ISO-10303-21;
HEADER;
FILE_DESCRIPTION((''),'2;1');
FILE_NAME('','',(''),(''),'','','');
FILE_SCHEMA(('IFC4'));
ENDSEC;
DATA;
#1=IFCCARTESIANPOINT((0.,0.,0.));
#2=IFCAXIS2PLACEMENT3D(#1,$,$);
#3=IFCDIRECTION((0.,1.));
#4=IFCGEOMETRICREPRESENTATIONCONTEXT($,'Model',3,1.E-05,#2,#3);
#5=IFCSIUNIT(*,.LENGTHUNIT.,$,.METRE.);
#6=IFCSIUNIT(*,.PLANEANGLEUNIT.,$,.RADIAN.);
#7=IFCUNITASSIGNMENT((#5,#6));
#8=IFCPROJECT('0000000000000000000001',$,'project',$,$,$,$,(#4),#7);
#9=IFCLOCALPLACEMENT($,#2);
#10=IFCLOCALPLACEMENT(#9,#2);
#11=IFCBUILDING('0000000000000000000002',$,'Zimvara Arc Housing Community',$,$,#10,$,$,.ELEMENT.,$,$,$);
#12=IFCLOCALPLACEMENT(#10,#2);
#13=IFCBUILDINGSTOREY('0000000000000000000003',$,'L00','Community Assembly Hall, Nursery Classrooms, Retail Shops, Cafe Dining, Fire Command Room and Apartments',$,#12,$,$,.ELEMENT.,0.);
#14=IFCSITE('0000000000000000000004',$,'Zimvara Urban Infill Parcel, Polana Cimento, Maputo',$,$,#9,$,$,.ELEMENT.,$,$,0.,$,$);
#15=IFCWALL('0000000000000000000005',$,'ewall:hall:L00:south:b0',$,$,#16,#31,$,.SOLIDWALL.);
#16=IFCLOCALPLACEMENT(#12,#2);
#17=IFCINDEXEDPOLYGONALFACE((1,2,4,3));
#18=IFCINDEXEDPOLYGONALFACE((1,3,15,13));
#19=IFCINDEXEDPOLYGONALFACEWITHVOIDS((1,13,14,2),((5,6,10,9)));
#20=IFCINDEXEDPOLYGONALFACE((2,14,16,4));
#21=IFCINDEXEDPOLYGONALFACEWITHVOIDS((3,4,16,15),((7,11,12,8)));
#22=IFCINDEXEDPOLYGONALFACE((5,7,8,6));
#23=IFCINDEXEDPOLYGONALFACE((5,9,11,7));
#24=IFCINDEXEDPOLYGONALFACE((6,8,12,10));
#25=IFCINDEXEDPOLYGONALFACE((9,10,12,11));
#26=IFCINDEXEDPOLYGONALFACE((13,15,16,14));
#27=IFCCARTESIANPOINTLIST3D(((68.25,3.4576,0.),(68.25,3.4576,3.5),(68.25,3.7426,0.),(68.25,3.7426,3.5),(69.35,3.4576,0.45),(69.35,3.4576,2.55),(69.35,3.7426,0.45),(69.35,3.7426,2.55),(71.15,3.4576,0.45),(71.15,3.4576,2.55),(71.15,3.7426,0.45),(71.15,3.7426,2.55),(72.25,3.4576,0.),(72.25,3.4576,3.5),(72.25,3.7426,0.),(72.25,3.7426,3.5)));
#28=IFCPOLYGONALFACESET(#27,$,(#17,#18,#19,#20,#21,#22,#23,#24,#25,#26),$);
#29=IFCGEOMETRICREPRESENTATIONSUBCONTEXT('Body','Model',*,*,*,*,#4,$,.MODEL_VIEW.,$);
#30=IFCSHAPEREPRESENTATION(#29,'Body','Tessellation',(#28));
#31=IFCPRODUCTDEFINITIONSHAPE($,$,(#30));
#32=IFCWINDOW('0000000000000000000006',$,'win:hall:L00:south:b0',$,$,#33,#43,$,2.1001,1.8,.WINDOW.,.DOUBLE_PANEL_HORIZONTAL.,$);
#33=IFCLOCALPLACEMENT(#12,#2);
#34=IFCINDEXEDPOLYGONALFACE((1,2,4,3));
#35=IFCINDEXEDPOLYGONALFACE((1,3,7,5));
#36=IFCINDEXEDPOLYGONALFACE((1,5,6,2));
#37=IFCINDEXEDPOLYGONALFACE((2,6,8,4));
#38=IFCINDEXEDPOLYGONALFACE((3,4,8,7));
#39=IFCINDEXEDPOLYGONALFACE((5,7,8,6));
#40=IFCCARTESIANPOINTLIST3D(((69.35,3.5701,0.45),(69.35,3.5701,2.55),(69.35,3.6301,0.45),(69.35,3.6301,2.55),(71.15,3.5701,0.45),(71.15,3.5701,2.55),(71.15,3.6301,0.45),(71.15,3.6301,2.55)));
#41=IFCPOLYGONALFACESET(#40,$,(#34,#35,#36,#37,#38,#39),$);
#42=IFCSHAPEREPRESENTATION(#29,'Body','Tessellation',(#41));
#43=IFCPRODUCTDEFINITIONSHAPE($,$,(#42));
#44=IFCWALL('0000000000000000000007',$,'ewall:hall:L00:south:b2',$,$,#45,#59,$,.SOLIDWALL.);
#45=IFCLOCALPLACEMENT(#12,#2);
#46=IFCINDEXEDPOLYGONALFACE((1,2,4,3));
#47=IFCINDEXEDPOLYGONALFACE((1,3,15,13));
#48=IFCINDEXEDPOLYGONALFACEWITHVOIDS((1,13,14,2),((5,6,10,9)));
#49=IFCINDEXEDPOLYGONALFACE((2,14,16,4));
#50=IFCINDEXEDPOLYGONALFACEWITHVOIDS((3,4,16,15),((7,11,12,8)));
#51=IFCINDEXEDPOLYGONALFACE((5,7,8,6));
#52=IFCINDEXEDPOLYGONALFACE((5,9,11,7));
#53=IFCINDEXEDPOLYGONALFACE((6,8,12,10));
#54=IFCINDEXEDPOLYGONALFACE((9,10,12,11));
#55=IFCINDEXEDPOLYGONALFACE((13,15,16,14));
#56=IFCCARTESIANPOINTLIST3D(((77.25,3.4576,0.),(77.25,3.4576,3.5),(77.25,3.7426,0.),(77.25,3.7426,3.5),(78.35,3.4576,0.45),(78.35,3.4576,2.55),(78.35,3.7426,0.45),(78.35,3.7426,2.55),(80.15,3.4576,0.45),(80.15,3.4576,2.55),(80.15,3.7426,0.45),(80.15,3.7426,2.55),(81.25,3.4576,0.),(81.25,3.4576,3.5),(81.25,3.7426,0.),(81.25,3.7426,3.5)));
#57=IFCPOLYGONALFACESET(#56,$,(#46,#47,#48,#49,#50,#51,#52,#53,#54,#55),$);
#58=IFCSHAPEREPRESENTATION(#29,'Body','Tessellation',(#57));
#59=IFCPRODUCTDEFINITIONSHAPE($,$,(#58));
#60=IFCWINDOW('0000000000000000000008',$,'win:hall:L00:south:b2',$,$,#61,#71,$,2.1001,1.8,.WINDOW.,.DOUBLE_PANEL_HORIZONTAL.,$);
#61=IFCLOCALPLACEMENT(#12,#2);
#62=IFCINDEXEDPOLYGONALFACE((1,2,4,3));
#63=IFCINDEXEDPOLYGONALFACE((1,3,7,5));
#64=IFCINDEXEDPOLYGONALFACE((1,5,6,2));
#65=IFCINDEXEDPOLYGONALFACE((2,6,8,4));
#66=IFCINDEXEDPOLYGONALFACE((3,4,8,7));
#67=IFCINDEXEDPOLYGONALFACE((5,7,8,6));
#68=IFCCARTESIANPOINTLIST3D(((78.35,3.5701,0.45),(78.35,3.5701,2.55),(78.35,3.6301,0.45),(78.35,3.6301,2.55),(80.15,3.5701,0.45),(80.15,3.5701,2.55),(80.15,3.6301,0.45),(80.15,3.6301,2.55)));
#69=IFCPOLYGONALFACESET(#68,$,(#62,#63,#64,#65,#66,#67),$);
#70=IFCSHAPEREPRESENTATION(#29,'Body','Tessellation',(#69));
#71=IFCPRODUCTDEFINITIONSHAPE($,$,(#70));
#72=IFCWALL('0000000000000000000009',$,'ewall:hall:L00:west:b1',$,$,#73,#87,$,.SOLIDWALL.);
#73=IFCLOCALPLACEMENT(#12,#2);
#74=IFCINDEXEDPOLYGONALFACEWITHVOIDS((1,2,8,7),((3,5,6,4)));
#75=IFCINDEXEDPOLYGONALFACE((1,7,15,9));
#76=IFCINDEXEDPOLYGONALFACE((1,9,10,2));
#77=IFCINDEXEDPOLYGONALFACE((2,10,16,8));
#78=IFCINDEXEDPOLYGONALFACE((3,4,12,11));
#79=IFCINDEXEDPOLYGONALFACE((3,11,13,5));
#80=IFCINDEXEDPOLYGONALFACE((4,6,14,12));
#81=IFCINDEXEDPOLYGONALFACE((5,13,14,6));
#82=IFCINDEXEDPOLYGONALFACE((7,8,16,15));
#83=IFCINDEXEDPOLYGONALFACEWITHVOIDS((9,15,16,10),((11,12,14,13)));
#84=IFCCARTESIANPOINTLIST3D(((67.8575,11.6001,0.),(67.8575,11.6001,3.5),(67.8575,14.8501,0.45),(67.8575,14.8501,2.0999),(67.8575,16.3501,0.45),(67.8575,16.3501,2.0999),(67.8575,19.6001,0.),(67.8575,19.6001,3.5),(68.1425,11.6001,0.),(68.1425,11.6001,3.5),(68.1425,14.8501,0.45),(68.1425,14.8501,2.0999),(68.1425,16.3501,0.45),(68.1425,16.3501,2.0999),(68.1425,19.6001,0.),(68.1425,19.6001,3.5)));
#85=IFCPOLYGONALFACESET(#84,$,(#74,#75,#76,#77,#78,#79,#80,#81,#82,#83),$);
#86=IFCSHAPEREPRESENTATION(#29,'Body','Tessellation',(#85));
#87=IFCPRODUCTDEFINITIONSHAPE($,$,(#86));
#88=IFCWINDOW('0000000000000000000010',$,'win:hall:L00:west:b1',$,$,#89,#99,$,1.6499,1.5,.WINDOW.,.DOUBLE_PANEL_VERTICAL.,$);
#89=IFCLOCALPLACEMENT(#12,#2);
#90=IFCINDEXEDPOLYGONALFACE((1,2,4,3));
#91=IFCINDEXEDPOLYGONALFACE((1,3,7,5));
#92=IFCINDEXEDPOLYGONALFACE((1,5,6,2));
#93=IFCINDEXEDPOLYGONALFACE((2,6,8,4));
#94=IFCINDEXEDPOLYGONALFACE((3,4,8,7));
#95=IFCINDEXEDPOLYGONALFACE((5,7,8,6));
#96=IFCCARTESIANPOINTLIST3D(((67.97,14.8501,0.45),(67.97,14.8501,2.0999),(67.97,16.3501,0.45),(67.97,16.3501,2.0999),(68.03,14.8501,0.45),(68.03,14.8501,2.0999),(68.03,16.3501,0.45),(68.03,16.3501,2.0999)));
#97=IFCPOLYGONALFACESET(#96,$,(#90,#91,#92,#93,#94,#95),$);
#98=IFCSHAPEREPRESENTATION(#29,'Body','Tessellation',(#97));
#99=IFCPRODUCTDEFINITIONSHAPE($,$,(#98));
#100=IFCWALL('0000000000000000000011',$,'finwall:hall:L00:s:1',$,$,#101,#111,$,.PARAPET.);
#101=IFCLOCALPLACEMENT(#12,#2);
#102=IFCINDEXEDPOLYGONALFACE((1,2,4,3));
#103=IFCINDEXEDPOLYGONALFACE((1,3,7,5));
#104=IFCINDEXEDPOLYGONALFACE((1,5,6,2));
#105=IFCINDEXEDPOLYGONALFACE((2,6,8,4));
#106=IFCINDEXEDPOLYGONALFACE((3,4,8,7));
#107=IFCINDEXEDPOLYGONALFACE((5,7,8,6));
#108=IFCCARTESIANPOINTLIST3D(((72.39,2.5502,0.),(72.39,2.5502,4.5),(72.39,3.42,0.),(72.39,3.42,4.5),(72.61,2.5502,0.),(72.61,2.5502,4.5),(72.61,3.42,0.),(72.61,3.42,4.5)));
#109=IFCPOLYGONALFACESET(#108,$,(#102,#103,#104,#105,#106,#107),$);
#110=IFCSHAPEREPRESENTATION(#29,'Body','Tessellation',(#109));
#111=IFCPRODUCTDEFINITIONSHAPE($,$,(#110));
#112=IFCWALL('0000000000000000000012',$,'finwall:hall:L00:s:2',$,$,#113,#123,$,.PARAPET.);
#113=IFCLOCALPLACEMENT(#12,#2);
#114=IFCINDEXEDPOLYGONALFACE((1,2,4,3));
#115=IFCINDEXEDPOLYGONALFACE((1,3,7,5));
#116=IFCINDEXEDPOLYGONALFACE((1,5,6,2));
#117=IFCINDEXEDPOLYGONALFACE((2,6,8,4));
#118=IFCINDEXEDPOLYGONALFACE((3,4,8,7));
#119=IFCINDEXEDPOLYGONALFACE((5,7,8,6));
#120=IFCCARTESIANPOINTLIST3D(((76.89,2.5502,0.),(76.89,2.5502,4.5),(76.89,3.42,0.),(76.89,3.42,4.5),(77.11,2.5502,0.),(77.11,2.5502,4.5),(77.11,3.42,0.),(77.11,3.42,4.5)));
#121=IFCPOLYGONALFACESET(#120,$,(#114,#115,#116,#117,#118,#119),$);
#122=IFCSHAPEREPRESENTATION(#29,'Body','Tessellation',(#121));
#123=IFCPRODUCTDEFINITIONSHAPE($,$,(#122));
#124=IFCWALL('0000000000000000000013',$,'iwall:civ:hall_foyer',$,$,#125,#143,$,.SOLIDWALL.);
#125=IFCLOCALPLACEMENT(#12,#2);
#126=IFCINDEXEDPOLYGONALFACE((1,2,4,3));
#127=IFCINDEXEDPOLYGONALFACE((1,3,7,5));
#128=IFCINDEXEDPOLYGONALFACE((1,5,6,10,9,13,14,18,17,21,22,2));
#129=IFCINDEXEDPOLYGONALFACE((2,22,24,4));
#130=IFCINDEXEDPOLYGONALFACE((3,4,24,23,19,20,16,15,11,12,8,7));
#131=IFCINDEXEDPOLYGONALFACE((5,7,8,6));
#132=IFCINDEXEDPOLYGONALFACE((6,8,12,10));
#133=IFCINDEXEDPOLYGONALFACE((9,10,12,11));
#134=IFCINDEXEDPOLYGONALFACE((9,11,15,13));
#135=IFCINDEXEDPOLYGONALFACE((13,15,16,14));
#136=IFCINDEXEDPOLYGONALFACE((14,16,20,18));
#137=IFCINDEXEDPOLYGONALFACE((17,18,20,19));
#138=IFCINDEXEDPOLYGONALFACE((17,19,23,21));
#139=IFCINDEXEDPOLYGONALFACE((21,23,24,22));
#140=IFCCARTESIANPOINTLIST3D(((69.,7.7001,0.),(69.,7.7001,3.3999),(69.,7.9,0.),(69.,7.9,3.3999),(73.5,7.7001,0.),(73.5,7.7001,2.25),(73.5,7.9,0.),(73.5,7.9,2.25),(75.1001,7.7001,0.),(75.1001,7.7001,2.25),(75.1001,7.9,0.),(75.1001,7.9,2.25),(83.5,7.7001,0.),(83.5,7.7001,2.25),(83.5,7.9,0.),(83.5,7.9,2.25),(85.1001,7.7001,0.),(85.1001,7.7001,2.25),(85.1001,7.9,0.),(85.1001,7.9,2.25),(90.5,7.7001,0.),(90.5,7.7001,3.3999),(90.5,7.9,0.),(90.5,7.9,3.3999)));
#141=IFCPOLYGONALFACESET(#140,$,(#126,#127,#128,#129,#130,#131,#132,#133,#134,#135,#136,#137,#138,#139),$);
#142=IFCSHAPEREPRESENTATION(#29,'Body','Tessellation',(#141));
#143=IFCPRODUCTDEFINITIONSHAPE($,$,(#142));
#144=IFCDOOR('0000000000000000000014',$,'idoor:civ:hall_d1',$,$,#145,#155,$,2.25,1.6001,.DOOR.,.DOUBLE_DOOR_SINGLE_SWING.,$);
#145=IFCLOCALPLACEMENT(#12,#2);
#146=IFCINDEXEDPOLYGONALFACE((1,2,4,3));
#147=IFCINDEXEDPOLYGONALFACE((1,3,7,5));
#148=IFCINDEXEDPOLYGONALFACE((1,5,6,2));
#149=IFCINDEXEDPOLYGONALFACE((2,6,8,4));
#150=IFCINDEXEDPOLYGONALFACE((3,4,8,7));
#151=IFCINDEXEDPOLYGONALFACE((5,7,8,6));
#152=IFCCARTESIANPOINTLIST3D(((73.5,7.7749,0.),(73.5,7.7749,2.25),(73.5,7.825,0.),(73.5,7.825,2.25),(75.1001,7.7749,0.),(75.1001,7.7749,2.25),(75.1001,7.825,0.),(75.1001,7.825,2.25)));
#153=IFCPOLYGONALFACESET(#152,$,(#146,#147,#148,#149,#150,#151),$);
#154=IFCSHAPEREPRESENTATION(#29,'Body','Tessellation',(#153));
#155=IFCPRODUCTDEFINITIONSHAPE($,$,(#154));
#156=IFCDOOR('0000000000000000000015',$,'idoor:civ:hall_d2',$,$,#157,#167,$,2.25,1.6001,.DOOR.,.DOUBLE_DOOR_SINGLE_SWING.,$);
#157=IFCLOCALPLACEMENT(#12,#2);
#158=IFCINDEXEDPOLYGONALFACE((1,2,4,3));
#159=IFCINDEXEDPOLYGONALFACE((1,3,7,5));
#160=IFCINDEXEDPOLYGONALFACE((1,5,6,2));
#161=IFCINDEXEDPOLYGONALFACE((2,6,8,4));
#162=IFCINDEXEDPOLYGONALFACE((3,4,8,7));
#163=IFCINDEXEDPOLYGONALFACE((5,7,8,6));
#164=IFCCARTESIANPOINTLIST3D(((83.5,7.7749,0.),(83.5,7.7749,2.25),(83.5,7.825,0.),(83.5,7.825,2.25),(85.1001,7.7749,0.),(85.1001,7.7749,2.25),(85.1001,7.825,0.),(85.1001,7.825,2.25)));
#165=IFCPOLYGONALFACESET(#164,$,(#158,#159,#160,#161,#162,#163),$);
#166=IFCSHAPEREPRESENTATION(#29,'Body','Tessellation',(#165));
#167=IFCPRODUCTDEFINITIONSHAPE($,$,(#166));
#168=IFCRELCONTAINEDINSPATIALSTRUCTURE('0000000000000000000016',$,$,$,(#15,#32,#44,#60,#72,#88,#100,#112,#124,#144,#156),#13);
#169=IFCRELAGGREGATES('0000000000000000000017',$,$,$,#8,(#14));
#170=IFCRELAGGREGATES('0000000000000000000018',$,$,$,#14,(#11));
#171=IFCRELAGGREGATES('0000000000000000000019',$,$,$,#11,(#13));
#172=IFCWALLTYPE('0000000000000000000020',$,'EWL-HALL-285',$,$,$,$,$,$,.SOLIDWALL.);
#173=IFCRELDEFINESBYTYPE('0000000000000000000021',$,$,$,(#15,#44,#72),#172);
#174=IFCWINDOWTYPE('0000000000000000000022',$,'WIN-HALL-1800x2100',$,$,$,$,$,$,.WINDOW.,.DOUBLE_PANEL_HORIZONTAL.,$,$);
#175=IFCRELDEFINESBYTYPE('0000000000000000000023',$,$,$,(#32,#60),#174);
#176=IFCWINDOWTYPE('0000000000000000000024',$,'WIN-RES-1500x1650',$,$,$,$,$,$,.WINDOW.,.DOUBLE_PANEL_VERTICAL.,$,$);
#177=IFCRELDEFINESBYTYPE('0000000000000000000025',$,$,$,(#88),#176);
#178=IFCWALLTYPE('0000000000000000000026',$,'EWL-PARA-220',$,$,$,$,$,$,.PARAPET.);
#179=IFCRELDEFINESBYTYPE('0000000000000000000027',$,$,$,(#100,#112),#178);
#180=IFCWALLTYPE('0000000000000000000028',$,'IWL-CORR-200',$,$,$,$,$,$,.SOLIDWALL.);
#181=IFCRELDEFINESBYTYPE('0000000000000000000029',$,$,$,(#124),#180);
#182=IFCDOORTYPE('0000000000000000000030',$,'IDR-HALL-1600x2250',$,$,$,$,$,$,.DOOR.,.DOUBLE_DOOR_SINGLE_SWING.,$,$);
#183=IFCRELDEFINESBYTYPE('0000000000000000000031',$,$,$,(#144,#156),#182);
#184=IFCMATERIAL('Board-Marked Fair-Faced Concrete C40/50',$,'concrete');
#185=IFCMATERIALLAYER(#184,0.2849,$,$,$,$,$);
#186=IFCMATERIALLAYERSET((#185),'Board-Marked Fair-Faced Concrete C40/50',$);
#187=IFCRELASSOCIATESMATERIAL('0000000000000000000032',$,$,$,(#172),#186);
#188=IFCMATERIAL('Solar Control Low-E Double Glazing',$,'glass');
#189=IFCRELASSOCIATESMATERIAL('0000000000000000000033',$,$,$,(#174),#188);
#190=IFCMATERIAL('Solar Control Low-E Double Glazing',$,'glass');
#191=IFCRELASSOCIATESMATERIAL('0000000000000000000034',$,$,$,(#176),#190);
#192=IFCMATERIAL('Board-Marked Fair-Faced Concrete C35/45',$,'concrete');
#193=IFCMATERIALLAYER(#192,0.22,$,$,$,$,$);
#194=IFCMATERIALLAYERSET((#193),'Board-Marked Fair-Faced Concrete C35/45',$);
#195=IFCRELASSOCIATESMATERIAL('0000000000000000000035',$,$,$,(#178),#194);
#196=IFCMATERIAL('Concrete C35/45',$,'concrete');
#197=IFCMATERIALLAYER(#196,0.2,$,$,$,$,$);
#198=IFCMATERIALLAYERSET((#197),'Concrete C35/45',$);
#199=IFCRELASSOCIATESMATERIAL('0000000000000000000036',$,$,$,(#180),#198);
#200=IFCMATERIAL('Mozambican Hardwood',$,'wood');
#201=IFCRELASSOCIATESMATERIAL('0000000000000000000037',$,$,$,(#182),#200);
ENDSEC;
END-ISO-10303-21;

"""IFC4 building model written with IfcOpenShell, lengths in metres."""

from ifc_helpers import new_model, si_unit, direction, frame, frame_2d, origin, place, context, subcontext, project, spatial, rectangle, extrude, material, layer, layer_set, type_object, element, fill, save


model = new_model("IFC4")

# Units and contexts
model_context = context("Model", 3, precision=1e-05, world=origin(), true_north=direction((0.0, 1.0)))
body_context = subcontext(model_context, "Body", "Model", "MODEL_VIEW")
ifc_project = project(units=[si_unit("LENGTHUNIT", "METRE"), si_unit("PLANEANGLEUNIT", "RADIAN")], contexts=[model_context])

# Site, building, storey
site_placement = place(None, origin())
site = spatial("IfcSite", under=ifc_project, at=site_placement, Name="Zimvara Urban Infill Parcel, Polana Cimento, Maputo", CompositionType="ELEMENT", RefElevation=0.0)
building_placement = place(site_placement, origin())
building = spatial("IfcBuilding", under=site, at=building_placement, Name="Zimvara Arc Housing Community", CompositionType="ELEMENT")
storey_placement = place(building_placement, origin())
storey = spatial("IfcBuildingStorey", under=building, at=storey_placement, Name="L00", Description="Community Assembly Hall, Nursery Classrooms, Retail Shops, Cafe Dining, Fire Command Room and Apartments", CompositionType="ELEMENT", Elevation=0.0)

# Wall, opening, window
ifc_material_1 = material(Name="Board-Marked Fair-Faced Concrete C40/50", Category="concrete")
ifc_layer_1 = layer(ifc_material_1, 0.2849)
ifc_layer_set_1 = layer_set([ifc_layer_1], Name="Board-Marked Fair-Faced Concrete C40/50")
wall_type_1 = type_object("IfcWallType", Name="EWL-HALL-285", PredefinedType="SOLIDWALL", material=ifc_layer_set_1)
wall_1_placement = place(storey_placement, frame((68.25, 3.6001, 0.0), z_axis=(0.0, 0.0, 1.0), x_axis=(1.0, 0.0, 0.0)))
wall_1 = element("IfcWall", 1, at=wall_1_placement, inside=storey, type_object=wall_type_1, Name="ewall:hall:L00:south:b0", PredefinedType="SOLIDWALL", context=body_context, shape_type="SweptSolid", body=[
    extrude(rectangle(XDim=4.0, YDim=0.2849, at=frame_2d((2.0, 0.0))), origin(), (0.0, 0.0, 1.0), 3.5),
])
opening_1_placement = place(wall_1_placement, frame((1.1001, 0.0, 0.45)))
opening_1 = element("IfcOpeningElement", 2, at=opening_1_placement, cuts=wall_1, PredefinedType="OPENING", context=body_context, shape_type="SweptSolid", body=[
    extrude(rectangle(XDim=1.8, YDim=2.1001, at=frame_2d((0.8999, 1.05))), frame((0.0, 0.1523, 0.0), z_axis=(0.0, -1.0, 0.0), x_axis=(1.0, 0.0, 0.0)), (0.0, 0.0, 1.0), 0.3049),
])
ifc_material_2 = material(Name="Solar Control Low-E Double Glazing", Category="glass")
window_type_1 = type_object("IfcWindowType", Name="WIN-HALL-1800x2100", PartitioningType="DOUBLE_PANEL_HORIZONTAL", PredefinedType="WINDOW", material=ifc_material_2)
window_1_placement = place(opening_1_placement, origin())
window_1 = element("IfcWindow", 3, at=window_1_placement, inside=storey, type_object=window_type_1, Name="win:hall:L00:south:b0", OverallHeight=2.1001, OverallWidth=1.8, PartitioningType="DOUBLE_PANEL_HORIZONTAL", PredefinedType="WINDOW", context=body_context, shape_type="SweptSolid", body=[
    extrude(rectangle(XDim=1.8, YDim=2.1001, at=frame_2d((0.8999, 1.05))), frame((0.0, 0.03, 0.0), z_axis=(0.0, -1.0, 0.0), x_axis=(1.0, 0.0, 0.0)), (0.0, 0.0, 1.0), 0.0601),
])
fill(opening_1, window_1)

# Walls, openings, windows
wall_2_placement = place(storey_placement, frame((77.25, 3.6001, 0.0), z_axis=(0.0, 0.0, 1.0), x_axis=(1.0, 0.0, 0.0)))
wall_2 = element("IfcWall", 4, at=wall_2_placement, inside=storey, type_object=wall_type_1, Name="ewall:hall:L00:south:b2", PredefinedType="SOLIDWALL", context=body_context, shape_type="SweptSolid", body=[
    extrude(rectangle(XDim=4.0, YDim=0.2849, at=frame_2d((2.0, 0.0))), origin(), (0.0, 0.0, 1.0), 3.5),
])
opening_2_placement = place(wall_2_placement, frame((1.1001, 0.0, 0.45)))
opening_2 = element("IfcOpeningElement", 5, at=opening_2_placement, cuts=wall_2, PredefinedType="OPENING", context=body_context, shape_type="SweptSolid", body=[
    extrude(rectangle(XDim=1.8, YDim=2.1001, at=frame_2d((0.8999, 1.05))), frame((0.0, 0.1523, 0.0), z_axis=(0.0, -1.0, 0.0), x_axis=(1.0, 0.0, 0.0)), (0.0, 0.0, 1.0), 0.3049),
])
window_2_placement = place(opening_2_placement, origin())
window_2 = element("IfcWindow", 6, at=window_2_placement, inside=storey, type_object=window_type_1, Name="win:hall:L00:south:b2", OverallHeight=2.1001, OverallWidth=1.8, PartitioningType="DOUBLE_PANEL_HORIZONTAL", PredefinedType="WINDOW", context=body_context, shape_type="SweptSolid", body=[
    extrude(rectangle(XDim=1.8, YDim=2.1001, at=frame_2d((0.8999, 1.05))), frame((0.0, 0.03, 0.0), z_axis=(0.0, -1.0, 0.0), x_axis=(1.0, 0.0, 0.0)), (0.0, 0.0, 1.0), 0.0601),
])
fill(opening_2, window_2)
wall_3_placement = place(storey_placement, frame((68.0, 11.6001, 0.0), z_axis=(0.0, 0.0, 1.0), x_axis=(0.0, 1.0, 0.0)))
wall_3 = element("IfcWall", 7, at=wall_3_placement, inside=storey, type_object=wall_type_1, Name="ewall:hall:L00:west:b1", PredefinedType="SOLIDWALL", context=body_context, shape_type="SweptSolid", body=[
    extrude(rectangle(XDim=8.0, YDim=0.2849, at=frame_2d((4.0, 0.0))), origin(), (0.0, 0.0, 1.0), 3.5),
])
opening_3_placement = place(wall_3_placement, frame((3.25, 0.0, 0.45)))
opening_3 = element("IfcOpeningElement", 8, at=opening_3_placement, cuts=wall_3, PredefinedType="OPENING", context=body_context, shape_type="SweptSolid", body=[
    extrude(rectangle(XDim=1.5, YDim=1.6499, at=frame_2d((0.75, 0.825))), frame((0.0, 0.1523, 0.0), z_axis=(0.0, -1.0, 0.0), x_axis=(1.0, 0.0, 0.0)), (0.0, 0.0, 1.0), 0.3049),
])
ifc_material_3 = material(Name="Solar Control Low-E Double Glazing", Category="glass")
window_type_2 = type_object("IfcWindowType", Name="WIN-RES-1500x1650", PartitioningType="DOUBLE_PANEL_VERTICAL", PredefinedType="WINDOW", material=ifc_material_3)
window_3_placement = place(opening_3_placement, origin())
window_3 = element("IfcWindow", 9, at=window_3_placement, inside=storey, type_object=window_type_2, Name="win:hall:L00:west:b1", OverallHeight=1.6499, OverallWidth=1.5, PartitioningType="DOUBLE_PANEL_VERTICAL", PredefinedType="WINDOW", context=body_context, shape_type="SweptSolid", body=[
    extrude(rectangle(XDim=1.5, YDim=1.6499, at=frame_2d((0.75, 0.825))), frame((0.0, 0.03, 0.0), z_axis=(0.0, -1.0, 0.0), x_axis=(1.0, 0.0, 0.0)), (0.0, 0.0, 1.0), 0.0601),
])
fill(opening_3, window_3)

# Walls
ifc_material_4 = material(Name="Board-Marked Fair-Faced Concrete C35/45", Category="concrete")
ifc_layer_2 = layer(ifc_material_4, 0.22)
ifc_layer_set_2 = layer_set([ifc_layer_2], Name="Board-Marked Fair-Faced Concrete C35/45")
wall_type_2 = type_object("IfcWallType", Name="EWL-PARA-220", PredefinedType="PARAPET", material=ifc_layer_set_2)
for number, where, z_axis, x_axis, name in (
    (10, (72.5, 2.55, 0.0), (0.0, 0.0, 1.0), (0.0, 1.0, 0.0), "finwall:hall:L00:s:1"),
    (11, (77.0, 2.55, 0.0), (0.0, 0.0, 1.0), (0.0, 1.0, 0.0), "finwall:hall:L00:s:2"),
):
    element("IfcWall", number, at=place(storey_placement, frame(where, z_axis=z_axis, x_axis=x_axis)), inside=storey, type_object=wall_type_2, Name=name, PredefinedType="PARAPET", context=body_context, shape_type="SweptSolid", body=[
        extrude(rectangle(XDim=0.8699, YDim=0.22, at=frame_2d((0.4351, 0.0))), origin(), (0.0, 0.0, 1.0), 4.5),
    ])

# Wall, openings, doors
ifc_material_5 = material(Name="Concrete C35/45", Category="concrete")
ifc_layer_3 = layer(ifc_material_5, 0.2)
ifc_layer_set_3 = layer_set([ifc_layer_3], Name="Concrete C35/45")
wall_type_3 = type_object("IfcWallType", Name="IWL-CORR-200", PredefinedType="SOLIDWALL", material=ifc_layer_set_3)
wall_4_placement = place(storey_placement, frame((69.0, 7.8, 0.0), z_axis=(0.0, 0.0, 1.0), x_axis=(1.0, 0.0, 0.0)))
wall_4 = element("IfcWall", 12, at=wall_4_placement, inside=storey, type_object=wall_type_3, Name="iwall:civ:hall_foyer", PredefinedType="SOLIDWALL", context=body_context, shape_type="SweptSolid", body=[
    extrude(rectangle(XDim=21.5, YDim=0.2, at=frame_2d((10.75, 0.0))), origin(), (0.0, 0.0, 1.0), 3.3999),
])
opening_4_placement = place(wall_4_placement, frame((4.5, 0.0, 0.0)))
opening_4 = element("IfcOpeningElement", 13, at=opening_4_placement, cuts=wall_4, PredefinedType="OPENING", context=body_context, shape_type="SweptSolid", body=[
    extrude(rectangle(XDim=1.6001, YDim=2.25, at=frame_2d((0.8, 1.125))), frame((0.0, 0.1099, 0.0), z_axis=(0.0, -1.0, 0.0), x_axis=(1.0, 0.0, 0.0)), (0.0, 0.0, 1.0), 0.22),
])
opening_5_placement = place(wall_4_placement, frame((14.5, 0.0, 0.0)))
opening_5 = element("IfcOpeningElement", 14, at=opening_5_placement, cuts=wall_4, PredefinedType="OPENING", context=body_context, shape_type="SweptSolid", body=[
    extrude(rectangle(XDim=1.6001, YDim=2.25, at=frame_2d((0.8, 1.125))), frame((0.0, 0.1099, 0.0), z_axis=(0.0, -1.0, 0.0), x_axis=(1.0, 0.0, 0.0)), (0.0, 0.0, 1.0), 0.22),
])
ifc_material_6 = material(Name="Mozambican Hardwood", Category="wood")
door_type_1 = type_object("IfcDoorType", Name="IDR-HALL-1600x2250", OperationType="DOUBLE_DOOR_SINGLE_SWING", PredefinedType="DOOR", material=ifc_material_6)
door_1_placement = place(opening_4_placement, origin())
door_1 = element("IfcDoor", 15, at=door_1_placement, inside=storey, type_object=door_type_1, Name="idoor:civ:hall_d1", OperationType="DOUBLE_DOOR_SINGLE_SWING", OverallHeight=2.25, OverallWidth=1.6001, PredefinedType="DOOR", context=body_context, shape_type="SweptSolid", body=[
    extrude(rectangle(XDim=1.6001, YDim=2.25, at=frame_2d((0.8, 1.125))), frame((0.0, 0.0249, 0.0), z_axis=(0.0, -1.0, 0.0), x_axis=(1.0, 0.0, 0.0)), (0.0, 0.0, 1.0), 0.05),
])
fill(opening_4, door_1)
door_2_placement = place(opening_5_placement, origin())
door_2 = element("IfcDoor", 16, at=door_2_placement, inside=storey, type_object=door_type_1, Name="idoor:civ:hall_d2", OperationType="DOUBLE_DOOR_SINGLE_SWING", OverallHeight=2.25, OverallWidth=1.6001, PredefinedType="DOOR", context=body_context, shape_type="SweptSolid", body=[
    extrude(rectangle(XDim=1.6001, YDim=2.25, at=frame_2d((0.8, 1.125))), frame((0.0, 0.0249, 0.0), z_axis=(0.0, -1.0, 0.0), x_axis=(1.0, 0.0, 0.0)), (0.0, 0.0, 1.0), 0.05),
])
fill(opening_5, door_2)

save(model, "model.ifc")
